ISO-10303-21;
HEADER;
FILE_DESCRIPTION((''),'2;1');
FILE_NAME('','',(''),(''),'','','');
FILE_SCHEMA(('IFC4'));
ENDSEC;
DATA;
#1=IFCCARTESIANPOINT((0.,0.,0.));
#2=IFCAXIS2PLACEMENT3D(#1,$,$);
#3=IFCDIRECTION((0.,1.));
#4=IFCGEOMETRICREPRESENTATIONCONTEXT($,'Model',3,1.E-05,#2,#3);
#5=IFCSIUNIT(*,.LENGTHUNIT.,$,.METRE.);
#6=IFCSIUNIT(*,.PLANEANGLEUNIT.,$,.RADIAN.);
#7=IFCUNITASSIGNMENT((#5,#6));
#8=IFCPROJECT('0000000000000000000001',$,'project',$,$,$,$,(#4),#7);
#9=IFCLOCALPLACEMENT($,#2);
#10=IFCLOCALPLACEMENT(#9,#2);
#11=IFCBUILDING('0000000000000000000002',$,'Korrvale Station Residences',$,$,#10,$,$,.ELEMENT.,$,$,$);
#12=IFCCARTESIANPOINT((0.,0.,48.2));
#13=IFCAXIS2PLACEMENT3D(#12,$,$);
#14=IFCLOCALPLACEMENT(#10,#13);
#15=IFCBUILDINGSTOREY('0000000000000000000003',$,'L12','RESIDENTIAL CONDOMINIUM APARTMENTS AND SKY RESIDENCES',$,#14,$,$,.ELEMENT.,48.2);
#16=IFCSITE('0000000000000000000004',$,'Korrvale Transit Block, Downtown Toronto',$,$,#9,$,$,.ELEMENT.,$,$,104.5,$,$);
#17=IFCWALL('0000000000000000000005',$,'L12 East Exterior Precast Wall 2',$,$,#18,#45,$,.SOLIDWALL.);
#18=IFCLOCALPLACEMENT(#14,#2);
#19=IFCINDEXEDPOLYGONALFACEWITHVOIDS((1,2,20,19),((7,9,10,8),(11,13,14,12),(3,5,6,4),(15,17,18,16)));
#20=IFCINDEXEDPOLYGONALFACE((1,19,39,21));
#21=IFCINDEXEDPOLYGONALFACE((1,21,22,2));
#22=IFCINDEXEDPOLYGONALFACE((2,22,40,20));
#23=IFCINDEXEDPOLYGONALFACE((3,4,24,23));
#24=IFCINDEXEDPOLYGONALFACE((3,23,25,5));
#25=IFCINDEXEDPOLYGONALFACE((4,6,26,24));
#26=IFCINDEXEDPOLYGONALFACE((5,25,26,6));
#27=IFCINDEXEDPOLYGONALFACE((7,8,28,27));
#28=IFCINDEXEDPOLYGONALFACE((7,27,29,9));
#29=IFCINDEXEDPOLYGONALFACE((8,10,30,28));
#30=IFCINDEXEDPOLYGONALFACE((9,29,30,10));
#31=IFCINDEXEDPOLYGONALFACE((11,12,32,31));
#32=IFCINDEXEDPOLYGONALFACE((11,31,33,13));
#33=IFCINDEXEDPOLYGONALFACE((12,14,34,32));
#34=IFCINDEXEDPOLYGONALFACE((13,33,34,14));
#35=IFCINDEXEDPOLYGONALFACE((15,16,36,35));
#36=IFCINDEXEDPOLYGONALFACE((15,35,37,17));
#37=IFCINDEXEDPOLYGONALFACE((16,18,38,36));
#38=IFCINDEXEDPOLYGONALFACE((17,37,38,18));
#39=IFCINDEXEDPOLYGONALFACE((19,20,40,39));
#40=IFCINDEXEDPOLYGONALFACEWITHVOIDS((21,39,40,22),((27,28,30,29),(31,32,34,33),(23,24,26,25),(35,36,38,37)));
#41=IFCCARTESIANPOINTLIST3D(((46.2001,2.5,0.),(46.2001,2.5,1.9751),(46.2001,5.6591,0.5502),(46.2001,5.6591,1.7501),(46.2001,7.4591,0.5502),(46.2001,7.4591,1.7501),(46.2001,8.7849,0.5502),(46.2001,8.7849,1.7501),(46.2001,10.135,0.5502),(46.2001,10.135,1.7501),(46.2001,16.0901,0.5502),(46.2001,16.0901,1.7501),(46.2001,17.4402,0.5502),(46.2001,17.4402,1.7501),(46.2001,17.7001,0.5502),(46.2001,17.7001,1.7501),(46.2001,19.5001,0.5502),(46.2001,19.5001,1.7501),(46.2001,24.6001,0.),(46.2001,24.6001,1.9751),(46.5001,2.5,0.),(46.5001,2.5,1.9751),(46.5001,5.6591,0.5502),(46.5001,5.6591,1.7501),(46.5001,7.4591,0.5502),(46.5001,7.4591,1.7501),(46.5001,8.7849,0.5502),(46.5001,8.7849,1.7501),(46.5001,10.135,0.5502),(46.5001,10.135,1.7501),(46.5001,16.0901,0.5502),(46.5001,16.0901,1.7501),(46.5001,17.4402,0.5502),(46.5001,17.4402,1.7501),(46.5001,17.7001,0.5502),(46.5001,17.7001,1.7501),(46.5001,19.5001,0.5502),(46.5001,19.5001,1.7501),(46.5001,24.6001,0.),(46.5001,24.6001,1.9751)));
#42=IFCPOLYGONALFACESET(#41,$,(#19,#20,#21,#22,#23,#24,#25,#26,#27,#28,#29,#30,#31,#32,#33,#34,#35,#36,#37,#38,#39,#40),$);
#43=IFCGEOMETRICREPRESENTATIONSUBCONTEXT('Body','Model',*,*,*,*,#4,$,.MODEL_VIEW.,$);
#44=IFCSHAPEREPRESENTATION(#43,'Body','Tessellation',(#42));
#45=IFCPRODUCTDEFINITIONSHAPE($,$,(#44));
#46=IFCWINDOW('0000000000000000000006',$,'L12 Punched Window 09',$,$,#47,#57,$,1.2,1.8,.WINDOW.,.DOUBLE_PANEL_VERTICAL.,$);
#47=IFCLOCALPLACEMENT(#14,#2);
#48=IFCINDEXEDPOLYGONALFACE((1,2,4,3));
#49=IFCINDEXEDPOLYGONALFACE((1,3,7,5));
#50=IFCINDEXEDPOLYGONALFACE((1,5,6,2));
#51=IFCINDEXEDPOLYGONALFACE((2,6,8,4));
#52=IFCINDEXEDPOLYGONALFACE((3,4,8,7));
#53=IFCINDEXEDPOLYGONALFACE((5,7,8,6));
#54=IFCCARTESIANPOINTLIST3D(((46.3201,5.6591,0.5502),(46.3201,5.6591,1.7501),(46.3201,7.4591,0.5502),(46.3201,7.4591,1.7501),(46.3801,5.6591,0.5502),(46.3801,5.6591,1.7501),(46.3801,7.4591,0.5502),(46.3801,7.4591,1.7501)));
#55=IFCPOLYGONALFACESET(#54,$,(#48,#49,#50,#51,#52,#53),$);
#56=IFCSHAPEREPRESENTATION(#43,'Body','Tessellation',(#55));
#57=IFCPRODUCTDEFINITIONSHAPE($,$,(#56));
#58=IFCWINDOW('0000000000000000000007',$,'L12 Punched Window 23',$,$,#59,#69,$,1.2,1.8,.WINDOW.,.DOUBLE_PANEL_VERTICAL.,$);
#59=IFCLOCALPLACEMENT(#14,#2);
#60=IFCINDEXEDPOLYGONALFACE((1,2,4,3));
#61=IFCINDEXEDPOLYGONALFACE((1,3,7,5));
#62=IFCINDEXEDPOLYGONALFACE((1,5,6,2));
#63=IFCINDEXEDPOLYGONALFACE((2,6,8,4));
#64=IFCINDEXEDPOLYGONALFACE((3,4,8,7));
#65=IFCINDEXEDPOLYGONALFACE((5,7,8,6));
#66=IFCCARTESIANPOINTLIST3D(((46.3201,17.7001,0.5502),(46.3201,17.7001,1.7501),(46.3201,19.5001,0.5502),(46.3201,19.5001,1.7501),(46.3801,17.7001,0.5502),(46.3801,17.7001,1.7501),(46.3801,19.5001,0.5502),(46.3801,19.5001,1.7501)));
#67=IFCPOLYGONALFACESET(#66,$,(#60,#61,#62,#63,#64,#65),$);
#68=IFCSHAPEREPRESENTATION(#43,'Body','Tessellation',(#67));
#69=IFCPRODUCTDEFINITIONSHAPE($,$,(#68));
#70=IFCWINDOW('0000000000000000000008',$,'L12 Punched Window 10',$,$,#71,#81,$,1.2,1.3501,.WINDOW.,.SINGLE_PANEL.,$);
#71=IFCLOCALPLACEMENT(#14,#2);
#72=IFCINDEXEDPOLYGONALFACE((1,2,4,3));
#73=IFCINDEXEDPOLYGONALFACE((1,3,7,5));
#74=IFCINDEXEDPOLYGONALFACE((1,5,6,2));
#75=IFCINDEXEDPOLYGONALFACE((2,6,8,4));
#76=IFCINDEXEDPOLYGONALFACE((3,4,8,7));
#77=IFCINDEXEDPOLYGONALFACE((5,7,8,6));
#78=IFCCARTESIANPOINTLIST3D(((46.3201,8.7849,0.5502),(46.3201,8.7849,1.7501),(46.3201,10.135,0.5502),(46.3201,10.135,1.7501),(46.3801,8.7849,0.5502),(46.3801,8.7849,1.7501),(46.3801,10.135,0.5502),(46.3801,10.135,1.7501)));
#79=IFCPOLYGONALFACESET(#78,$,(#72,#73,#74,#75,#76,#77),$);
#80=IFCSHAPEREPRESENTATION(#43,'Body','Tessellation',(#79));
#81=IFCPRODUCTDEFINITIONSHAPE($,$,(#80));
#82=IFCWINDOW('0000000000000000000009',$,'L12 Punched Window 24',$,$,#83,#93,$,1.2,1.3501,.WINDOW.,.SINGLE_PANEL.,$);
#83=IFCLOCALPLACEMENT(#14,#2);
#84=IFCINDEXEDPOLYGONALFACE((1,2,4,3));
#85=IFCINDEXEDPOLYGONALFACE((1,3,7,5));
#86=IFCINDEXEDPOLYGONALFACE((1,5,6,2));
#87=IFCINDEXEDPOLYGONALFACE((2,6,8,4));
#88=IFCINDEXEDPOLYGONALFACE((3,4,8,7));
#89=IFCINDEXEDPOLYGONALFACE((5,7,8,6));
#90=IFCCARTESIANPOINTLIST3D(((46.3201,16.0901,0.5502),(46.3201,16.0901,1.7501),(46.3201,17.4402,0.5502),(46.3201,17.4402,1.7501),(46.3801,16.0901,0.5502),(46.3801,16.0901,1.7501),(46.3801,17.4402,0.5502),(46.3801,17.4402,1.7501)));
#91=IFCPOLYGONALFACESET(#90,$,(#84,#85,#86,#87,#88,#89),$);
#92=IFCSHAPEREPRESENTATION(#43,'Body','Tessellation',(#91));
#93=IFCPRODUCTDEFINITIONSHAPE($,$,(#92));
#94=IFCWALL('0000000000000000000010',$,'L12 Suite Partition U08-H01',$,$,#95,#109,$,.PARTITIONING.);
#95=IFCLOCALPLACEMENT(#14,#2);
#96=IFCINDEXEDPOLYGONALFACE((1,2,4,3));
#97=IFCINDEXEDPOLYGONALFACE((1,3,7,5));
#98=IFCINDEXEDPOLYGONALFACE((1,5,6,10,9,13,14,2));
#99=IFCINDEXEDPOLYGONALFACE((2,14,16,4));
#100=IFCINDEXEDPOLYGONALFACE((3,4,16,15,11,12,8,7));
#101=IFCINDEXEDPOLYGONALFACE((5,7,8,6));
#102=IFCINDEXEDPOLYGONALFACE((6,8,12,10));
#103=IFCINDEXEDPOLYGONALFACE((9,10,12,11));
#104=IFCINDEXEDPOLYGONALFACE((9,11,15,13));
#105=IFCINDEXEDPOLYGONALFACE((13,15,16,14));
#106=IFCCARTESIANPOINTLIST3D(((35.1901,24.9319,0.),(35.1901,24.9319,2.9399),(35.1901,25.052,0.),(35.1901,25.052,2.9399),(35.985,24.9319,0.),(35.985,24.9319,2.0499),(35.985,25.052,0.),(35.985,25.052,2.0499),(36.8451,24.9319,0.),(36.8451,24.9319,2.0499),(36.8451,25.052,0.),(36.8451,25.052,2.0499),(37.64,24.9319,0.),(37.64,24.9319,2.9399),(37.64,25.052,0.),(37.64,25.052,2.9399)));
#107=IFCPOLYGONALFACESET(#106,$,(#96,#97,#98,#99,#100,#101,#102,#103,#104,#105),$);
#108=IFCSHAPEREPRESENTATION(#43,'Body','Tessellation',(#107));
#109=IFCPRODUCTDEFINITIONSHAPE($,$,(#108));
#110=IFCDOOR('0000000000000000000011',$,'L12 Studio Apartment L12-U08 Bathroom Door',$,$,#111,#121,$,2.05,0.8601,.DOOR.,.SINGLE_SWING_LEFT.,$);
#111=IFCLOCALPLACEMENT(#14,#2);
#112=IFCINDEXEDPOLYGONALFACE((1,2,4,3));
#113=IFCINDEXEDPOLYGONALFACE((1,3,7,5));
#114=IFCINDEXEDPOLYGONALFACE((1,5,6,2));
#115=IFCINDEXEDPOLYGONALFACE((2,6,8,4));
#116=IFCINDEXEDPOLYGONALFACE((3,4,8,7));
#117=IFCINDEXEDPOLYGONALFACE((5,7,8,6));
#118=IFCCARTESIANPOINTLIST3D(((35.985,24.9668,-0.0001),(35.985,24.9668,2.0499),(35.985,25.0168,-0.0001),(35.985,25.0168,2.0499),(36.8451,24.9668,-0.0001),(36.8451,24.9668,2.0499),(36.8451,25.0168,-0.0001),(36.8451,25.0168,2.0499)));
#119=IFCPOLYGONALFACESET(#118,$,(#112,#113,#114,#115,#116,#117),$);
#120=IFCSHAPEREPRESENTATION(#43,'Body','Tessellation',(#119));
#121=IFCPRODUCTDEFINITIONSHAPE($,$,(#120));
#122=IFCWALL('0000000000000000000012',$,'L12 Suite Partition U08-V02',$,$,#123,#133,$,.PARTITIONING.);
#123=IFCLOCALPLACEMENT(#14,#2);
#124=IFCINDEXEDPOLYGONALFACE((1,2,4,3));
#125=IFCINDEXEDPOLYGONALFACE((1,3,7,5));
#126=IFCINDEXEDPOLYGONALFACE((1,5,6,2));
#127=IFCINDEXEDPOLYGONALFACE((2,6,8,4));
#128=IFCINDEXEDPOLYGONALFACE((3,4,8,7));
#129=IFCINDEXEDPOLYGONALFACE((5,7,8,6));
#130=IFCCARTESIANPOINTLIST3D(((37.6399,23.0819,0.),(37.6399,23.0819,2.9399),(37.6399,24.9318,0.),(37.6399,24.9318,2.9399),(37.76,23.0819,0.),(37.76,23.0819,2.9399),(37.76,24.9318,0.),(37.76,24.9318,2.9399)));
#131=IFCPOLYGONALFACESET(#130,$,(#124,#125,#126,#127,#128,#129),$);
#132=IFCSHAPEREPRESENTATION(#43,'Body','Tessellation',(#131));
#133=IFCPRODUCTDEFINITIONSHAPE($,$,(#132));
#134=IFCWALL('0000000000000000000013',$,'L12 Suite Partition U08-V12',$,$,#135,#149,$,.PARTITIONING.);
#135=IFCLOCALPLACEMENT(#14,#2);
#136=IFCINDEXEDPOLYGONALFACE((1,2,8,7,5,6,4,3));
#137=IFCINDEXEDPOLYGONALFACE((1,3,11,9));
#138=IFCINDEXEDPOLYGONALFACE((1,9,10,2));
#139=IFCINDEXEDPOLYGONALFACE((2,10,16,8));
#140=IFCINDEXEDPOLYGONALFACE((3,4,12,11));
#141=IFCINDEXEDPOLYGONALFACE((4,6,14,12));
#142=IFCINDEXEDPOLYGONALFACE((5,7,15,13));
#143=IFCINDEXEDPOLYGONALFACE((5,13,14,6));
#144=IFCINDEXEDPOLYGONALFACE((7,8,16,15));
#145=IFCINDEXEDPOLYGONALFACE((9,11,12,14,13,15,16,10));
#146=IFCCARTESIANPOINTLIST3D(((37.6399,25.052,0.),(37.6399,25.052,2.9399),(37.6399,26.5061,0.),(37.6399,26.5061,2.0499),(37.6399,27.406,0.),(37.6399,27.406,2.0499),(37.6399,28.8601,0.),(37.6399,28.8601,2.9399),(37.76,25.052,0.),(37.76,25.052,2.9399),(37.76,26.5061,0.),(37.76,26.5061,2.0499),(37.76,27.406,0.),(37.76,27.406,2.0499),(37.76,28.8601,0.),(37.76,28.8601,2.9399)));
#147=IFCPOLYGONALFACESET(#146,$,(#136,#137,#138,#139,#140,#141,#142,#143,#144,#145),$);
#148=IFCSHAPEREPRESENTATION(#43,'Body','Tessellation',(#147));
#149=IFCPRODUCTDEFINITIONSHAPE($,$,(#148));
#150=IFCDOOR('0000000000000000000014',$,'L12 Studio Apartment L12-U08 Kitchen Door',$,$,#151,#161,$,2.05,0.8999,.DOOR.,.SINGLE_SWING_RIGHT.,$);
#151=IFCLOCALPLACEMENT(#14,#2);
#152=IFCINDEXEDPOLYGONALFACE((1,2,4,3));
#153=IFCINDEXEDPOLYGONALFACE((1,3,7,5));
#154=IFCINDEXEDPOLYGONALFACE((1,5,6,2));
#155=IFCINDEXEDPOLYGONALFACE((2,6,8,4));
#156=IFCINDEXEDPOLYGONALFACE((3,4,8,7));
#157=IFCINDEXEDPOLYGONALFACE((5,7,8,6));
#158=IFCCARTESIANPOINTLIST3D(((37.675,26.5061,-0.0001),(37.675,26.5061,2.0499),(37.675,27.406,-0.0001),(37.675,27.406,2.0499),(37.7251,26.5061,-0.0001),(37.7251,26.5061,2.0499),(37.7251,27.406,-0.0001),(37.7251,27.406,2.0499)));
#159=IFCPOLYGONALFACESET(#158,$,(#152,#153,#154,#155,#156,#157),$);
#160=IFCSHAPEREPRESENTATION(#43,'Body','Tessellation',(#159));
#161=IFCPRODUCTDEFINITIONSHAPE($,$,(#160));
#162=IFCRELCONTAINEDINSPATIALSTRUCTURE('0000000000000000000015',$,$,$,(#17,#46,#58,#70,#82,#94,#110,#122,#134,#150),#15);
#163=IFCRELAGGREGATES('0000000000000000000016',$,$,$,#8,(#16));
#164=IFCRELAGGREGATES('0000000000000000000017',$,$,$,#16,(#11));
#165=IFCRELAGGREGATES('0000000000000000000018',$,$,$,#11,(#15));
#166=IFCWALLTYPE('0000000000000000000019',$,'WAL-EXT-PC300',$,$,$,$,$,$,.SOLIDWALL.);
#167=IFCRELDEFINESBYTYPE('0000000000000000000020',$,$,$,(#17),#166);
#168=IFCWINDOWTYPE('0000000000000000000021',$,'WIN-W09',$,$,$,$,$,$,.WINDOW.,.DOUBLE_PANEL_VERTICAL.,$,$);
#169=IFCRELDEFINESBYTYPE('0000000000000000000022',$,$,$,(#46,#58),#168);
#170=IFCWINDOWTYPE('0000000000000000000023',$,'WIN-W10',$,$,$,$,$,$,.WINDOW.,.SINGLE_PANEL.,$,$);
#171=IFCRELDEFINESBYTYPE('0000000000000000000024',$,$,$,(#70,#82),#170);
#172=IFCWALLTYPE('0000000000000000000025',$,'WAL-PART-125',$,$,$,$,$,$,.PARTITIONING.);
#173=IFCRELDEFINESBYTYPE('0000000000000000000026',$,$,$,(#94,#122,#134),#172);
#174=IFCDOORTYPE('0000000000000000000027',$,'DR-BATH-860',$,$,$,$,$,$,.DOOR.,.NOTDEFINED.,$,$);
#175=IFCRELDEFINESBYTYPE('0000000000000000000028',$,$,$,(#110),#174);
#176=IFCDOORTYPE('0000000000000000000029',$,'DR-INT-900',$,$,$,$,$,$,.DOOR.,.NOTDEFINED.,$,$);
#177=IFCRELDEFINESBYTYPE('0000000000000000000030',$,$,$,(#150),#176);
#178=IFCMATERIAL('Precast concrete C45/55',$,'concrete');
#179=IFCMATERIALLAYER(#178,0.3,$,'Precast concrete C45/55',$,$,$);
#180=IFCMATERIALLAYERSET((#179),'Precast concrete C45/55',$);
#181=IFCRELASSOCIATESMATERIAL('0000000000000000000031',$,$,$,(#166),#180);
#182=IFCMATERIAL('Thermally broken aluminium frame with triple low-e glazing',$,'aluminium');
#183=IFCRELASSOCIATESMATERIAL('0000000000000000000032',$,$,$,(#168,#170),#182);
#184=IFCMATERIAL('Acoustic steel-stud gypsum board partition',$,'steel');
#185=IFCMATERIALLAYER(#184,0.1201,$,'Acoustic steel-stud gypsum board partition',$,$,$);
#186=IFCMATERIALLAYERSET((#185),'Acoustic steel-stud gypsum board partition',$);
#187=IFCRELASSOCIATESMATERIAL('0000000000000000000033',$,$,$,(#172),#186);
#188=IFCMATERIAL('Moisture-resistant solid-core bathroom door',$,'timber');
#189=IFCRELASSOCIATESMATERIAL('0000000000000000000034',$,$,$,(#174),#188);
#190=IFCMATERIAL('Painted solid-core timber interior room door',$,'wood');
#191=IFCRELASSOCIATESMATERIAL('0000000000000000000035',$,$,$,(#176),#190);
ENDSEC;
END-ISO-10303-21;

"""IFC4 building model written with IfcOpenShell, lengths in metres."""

from ifc_helpers import new_model, si_unit, direction, frame, frame_2d, origin, place, context, subcontext, project, spatial, rectangle, extrude, material, layer, layer_set, type_object, element, fill, save


model = new_model("IFC4")

# Units and contexts
model_context = context("Model", 3, precision=1e-05, world=origin(), true_north=direction((0.0, 1.0)))
body_context = subcontext(model_context, "Body", "Model", "MODEL_VIEW")
ifc_project = project(units=[si_unit("LENGTHUNIT", "METRE"), si_unit("PLANEANGLEUNIT", "RADIAN")], contexts=[model_context])

# Site, building, storey
site_placement = place(None, origin())
site = spatial("IfcSite", under=ifc_project, at=site_placement, Name="Korrvale Transit Block, Downtown Toronto", CompositionType="ELEMENT", RefElevation=104.5)
building_placement = place(site_placement, origin())
building = spatial("IfcBuilding", under=site, at=building_placement, Name="Korrvale Station Residences", CompositionType="ELEMENT")
storey_placement = place(building_placement, frame((0.0, 0.0, 48.2)))
storey = spatial("IfcBuildingStorey", under=building, at=storey_placement, Name="L12", Description="RESIDENTIAL CONDOMINIUM APARTMENTS AND SKY RESIDENCES", CompositionType="ELEMENT", Elevation=48.2)

# Shared definitions
ifc_material_1 = material(Name="Precast concrete C45/55", Category="concrete")

# Shared definitions
ifc_material_2 = material(Name="Thermally broken aluminium frame with triple low-e glazing", Category="aluminium")

# Wall, openings, windows
ifc_layer_1 = layer(ifc_material_1, 0.3, Name="Precast concrete C45/55")
ifc_layer_set_1 = layer_set([ifc_layer_1], Name="Precast concrete C45/55")
wall_type_1 = type_object("IfcWallType", Name="WAL-EXT-PC300", PredefinedType="SOLIDWALL", material=ifc_layer_set_1)
wall_1_placement = place(storey_placement, frame((46.3501, 24.6001, 0.0), z_axis=(0.0, 0.0, 1.0), x_axis=(0.0, -1.0, 0.0)))
wall_1 = element("IfcWall", 1, at=wall_1_placement, inside=storey, type_object=wall_type_1, Name="L12 East Exterior Precast Wall 2", PredefinedType="SOLIDWALL", context=body_context, shape_type="SweptSolid", body=[
    extrude(rectangle(XDim=22.1001, YDim=0.3, at=frame_2d((11.05, 0.0))), origin(), (0.0, 0.0, 1.0), 1.9751),
])
opening_1_placement = place(wall_1_placement, frame((17.1411, 0.0, 0.55)))
opening_1 = element("IfcOpeningElement", 2, at=opening_1_placement, cuts=wall_1, PredefinedType="OPENING", context=body_context, shape_type="SweptSolid", body=[
    extrude(rectangle(XDim=1.8, YDim=1.2, at=frame_2d((0.8999, 0.6001))), frame((0.0, 0.1602, 0.0), z_axis=(0.0, -1.0, 0.0), x_axis=(1.0, 0.0, 0.0)), (0.0, 0.0, 1.0), 0.3201),
])
opening_2_placement = place(wall_1_placement, frame((14.4651, 0.0, 0.55)))
opening_2 = element("IfcOpeningElement", 3, at=opening_2_placement, cuts=wall_1, PredefinedType="OPENING", context=body_context, shape_type="SweptSolid", body=[
    extrude(rectangle(XDim=1.3501, YDim=1.2, at=frame_2d((0.675, 0.6001))), frame((0.0, 0.1602, 0.0), z_axis=(0.0, -1.0, 0.0), x_axis=(1.0, 0.0, 0.0)), (0.0, 0.0, 1.0), 0.3201),
])
opening_3_placement = place(wall_1_placement, frame((5.1001, 0.0, 0.55)))
opening_3 = element("IfcOpeningElement", 4, at=opening_3_placement, cuts=wall_1, PredefinedType="OPENING", context=body_context, shape_type="SweptSolid", body=[
    extrude(rectangle(XDim=1.8, YDim=1.2, at=frame_2d((0.8999, 0.6001))), frame((0.0, 0.1602, 0.0), z_axis=(0.0, -1.0, 0.0), x_axis=(1.0, 0.0, 0.0)), (0.0, 0.0, 1.0), 0.3201),
])
opening_4_placement = place(wall_1_placement, frame((7.1599, 0.0, 0.55)))
opening_4 = element("IfcOpeningElement", 5, at=opening_4_placement, cuts=wall_1, PredefinedType="OPENING", context=body_context, shape_type="SweptSolid", body=[
    extrude(rectangle(XDim=1.3501, YDim=1.2, at=frame_2d((0.675, 0.6001))), frame((0.0, 0.1602, 0.0), z_axis=(0.0, -1.0, 0.0), x_axis=(1.0, 0.0, 0.0)), (0.0, 0.0, 1.0), 0.3201),
])
window_type_1 = type_object("IfcWindowType", Name="WIN-W09", PartitioningType="DOUBLE_PANEL_VERTICAL", PredefinedType="WINDOW", material=ifc_material_2)
window_1_placement = place(opening_1_placement, origin())
window_1 = element("IfcWindow", 6, at=window_1_placement, inside=storey, type_object=window_type_1, Name="L12 Punched Window 09", OverallHeight=1.2, OverallWidth=1.8, PartitioningType="DOUBLE_PANEL_VERTICAL", PredefinedType="WINDOW", context=body_context, shape_type="SweptSolid", body=[
    extrude(rectangle(XDim=1.8, YDim=1.2, at=frame_2d((0.8999, 0.6001))), frame((0.0, 0.03, 0.0), z_axis=(0.0, -1.0, 0.0), x_axis=(1.0, 0.0, 0.0)), (0.0, 0.0, 1.0), 0.0601),
])
fill(opening_1, window_1)
window_2_placement = place(opening_3_placement, origin())
window_2 = element("IfcWindow", 7, at=window_2_placement, inside=storey, type_object=window_type_1, Name="L12 Punched Window 23", OverallHeight=1.2, OverallWidth=1.8, PartitioningType="DOUBLE_PANEL_VERTICAL", PredefinedType="WINDOW", context=body_context, shape_type="SweptSolid", body=[
    extrude(rectangle(XDim=1.8, YDim=1.2, at=frame_2d((0.8999, 0.6001))), frame((0.0, 0.03, 0.0), z_axis=(0.0, -1.0, 0.0), x_axis=(1.0, 0.0, 0.0)), (0.0, 0.0, 1.0), 0.0601),
])
fill(opening_3, window_2)
window_type_2 = type_object("IfcWindowType", Name="WIN-W10", PartitioningType="SINGLE_PANEL", PredefinedType="WINDOW", material=ifc_material_2)
window_3_placement = place(opening_2_placement, origin())
window_3 = element("IfcWindow", 8, at=window_3_placement, inside=storey, type_object=window_type_2, Name="L12 Punched Window 10", OverallHeight=1.2, OverallWidth=1.3501, PartitioningType="SINGLE_PANEL", PredefinedType="WINDOW", context=body_context, shape_type="SweptSolid", body=[
    extrude(rectangle(XDim=1.3501, YDim=1.2, at=frame_2d((0.675, 0.6001))), frame((0.0, 0.03, 0.0), z_axis=(0.0, -1.0, 0.0), x_axis=(1.0, 0.0, 0.0)), (0.0, 0.0, 1.0), 0.0601),
])
fill(opening_2, window_3)
window_4_placement = place(opening_4_placement, origin())
window_4 = element("IfcWindow", 9, at=window_4_placement, inside=storey, type_object=window_type_2, Name="L12 Punched Window 24", OverallHeight=1.2, OverallWidth=1.3501, PartitioningType="SINGLE_PANEL", PredefinedType="WINDOW", context=body_context, shape_type="SweptSolid", body=[
    extrude(rectangle(XDim=1.3501, YDim=1.2, at=frame_2d((0.675, 0.6001))), frame((0.0, 0.03, 0.0), z_axis=(0.0, -1.0, 0.0), x_axis=(1.0, 0.0, 0.0)), (0.0, 0.0, 1.0), 0.0601),
])
fill(opening_4, window_4)

# Wall, opening, door
ifc_material_3 = material(Name="Acoustic steel-stud gypsum board partition", Category="steel")
ifc_layer_2 = layer(ifc_material_3, 0.1201, Name="Acoustic steel-stud gypsum board partition")
ifc_layer_set_2 = layer_set([ifc_layer_2], Name="Acoustic steel-stud gypsum board partition")
wall_type_2 = type_object("IfcWallType", Name="WAL-PART-125", PredefinedType="PARTITIONING", material=ifc_layer_set_2)
wall_2_placement = place(storey_placement, frame((35.1899, 24.9919, 0.0), z_axis=(0.0, 0.0, 1.0), x_axis=(1.0, 0.0, 0.0)))
wall_2 = element("IfcWall", 10, at=wall_2_placement, inside=storey, type_object=wall_type_2, Name="L12 Suite Partition U08-H01", PredefinedType="PARTITIONING", context=body_context, shape_type="SweptSolid", body=[
    extrude(rectangle(XDim=2.45, YDim=0.1201, at=frame_2d((1.2251, 0.0))), origin(), (0.0, 0.0, 1.0), 2.9399),
])
opening_5_placement = place(wall_2_placement, frame((0.7949, 0.0, 0.0)))
opening_5 = element("IfcOpeningElement", 11, at=opening_5_placement, cuts=wall_2, PredefinedType="OPENING", context=body_context, shape_type="SweptSolid", body=[
    extrude(rectangle(XDim=0.8601, YDim=2.05, at=frame_2d((0.4302, 1.0249))), frame((0.0, 0.0701, 0.0), z_axis=(0.0, -1.0, 0.0), x_axis=(1.0, 0.0, 0.0)), (0.0, 0.0, 1.0), 0.1401),
])
ifc_material_4 = material(Name="Moisture-resistant solid-core bathroom door", Category="timber")
door_type_1 = type_object("IfcDoorType", Name="DR-BATH-860", OperationType="NOTDEFINED", PredefinedType="DOOR", material=ifc_material_4)
door_1_placement = place(opening_5_placement, origin())
door_1 = element("IfcDoor", 12, at=door_1_placement, inside=storey, type_object=door_type_1, Name="L12 Studio Apartment L12-U08 Bathroom Door", OperationType="SINGLE_SWING_LEFT", OverallHeight=2.05, OverallWidth=0.8601, PredefinedType="DOOR", context=body_context, shape_type="SweptSolid", body=[
    extrude(rectangle(XDim=0.8601, YDim=2.05, at=frame_2d((0.4302, 1.0249))), frame((0.0, 0.0249, 0.0), z_axis=(0.0, -1.0, 0.0), x_axis=(1.0, 0.0, 0.0)), (0.0, 0.0, 1.0), 0.05),
])
fill(opening_5, door_1)

# Wall
wall_3_placement = place(storey_placement, frame((37.7, 23.082, 0.0), z_axis=(0.0, 0.0, 1.0), x_axis=(0.0, 1.0, 0.0)))
element("IfcWall", 13, at=wall_3_placement, inside=storey, type_object=wall_type_2, Name="L12 Suite Partition U08-V02", PredefinedType="PARTITIONING", context=body_context, shape_type="SweptSolid", body=[
    extrude(rectangle(XDim=1.8499, YDim=0.1201, at=frame_2d((0.9248, 0.0))), origin(), (0.0, 0.0, 1.0), 2.9399),
])

# Wall, opening, door
wall_4_placement = place(storey_placement, frame((37.7, 25.052, 0.0), z_axis=(0.0, 0.0, 1.0), x_axis=(0.0, 1.0, 0.0)))
wall_4 = element("IfcWall", 14, at=wall_4_placement, inside=storey, type_object=wall_type_2, Name="L12 Suite Partition U08-V12", PredefinedType="PARTITIONING", context=body_context, shape_type="SweptSolid", body=[
    extrude(rectangle(XDim=3.8081, YDim=0.1201, at=frame_2d((1.9041, 0.0))), origin(), (0.0, 0.0, 1.0), 2.9399),
])
opening_6_placement = place(wall_4_placement, frame((1.4541, 0.0, 0.0)))
opening_6 = element("IfcOpeningElement", 15, at=opening_6_placement, cuts=wall_4, PredefinedType="OPENING", context=body_context, shape_type="SweptSolid", body=[
    extrude(rectangle(XDim=0.8999, YDim=2.05, at=frame_2d((0.45, 1.0249))), frame((0.0, 0.0701, 0.0), z_axis=(0.0, -1.0, 0.0), x_axis=(1.0, 0.0, 0.0)), (0.0, 0.0, 1.0), 0.1401),
])
ifc_material_5 = material(Name="Painted solid-core timber interior room door", Category="wood")
door_type_2 = type_object("IfcDoorType", Name="DR-INT-900", OperationType="NOTDEFINED", PredefinedType="DOOR", material=ifc_material_5)
door_2_placement = place(opening_6_placement, origin())
door_2 = element("IfcDoor", 16, at=door_2_placement, inside=storey, type_object=door_type_2, Name="L12 Studio Apartment L12-U08 Kitchen Door", OperationType="SINGLE_SWING_RIGHT", OverallHeight=2.05, OverallWidth=0.8999, PredefinedType="DOOR", context=body_context, shape_type="SweptSolid", body=[
    extrude(rectangle(XDim=0.8999, YDim=2.05, at=frame_2d((0.45, 1.0249))), frame((0.0, 0.0249, 0.0), z_axis=(0.0, -1.0, 0.0), x_axis=(1.0, 0.0, 0.0)), (0.0, 0.0, 1.0), 0.05),
])
fill(opening_6, door_2)

save(model, "model.ifc")
